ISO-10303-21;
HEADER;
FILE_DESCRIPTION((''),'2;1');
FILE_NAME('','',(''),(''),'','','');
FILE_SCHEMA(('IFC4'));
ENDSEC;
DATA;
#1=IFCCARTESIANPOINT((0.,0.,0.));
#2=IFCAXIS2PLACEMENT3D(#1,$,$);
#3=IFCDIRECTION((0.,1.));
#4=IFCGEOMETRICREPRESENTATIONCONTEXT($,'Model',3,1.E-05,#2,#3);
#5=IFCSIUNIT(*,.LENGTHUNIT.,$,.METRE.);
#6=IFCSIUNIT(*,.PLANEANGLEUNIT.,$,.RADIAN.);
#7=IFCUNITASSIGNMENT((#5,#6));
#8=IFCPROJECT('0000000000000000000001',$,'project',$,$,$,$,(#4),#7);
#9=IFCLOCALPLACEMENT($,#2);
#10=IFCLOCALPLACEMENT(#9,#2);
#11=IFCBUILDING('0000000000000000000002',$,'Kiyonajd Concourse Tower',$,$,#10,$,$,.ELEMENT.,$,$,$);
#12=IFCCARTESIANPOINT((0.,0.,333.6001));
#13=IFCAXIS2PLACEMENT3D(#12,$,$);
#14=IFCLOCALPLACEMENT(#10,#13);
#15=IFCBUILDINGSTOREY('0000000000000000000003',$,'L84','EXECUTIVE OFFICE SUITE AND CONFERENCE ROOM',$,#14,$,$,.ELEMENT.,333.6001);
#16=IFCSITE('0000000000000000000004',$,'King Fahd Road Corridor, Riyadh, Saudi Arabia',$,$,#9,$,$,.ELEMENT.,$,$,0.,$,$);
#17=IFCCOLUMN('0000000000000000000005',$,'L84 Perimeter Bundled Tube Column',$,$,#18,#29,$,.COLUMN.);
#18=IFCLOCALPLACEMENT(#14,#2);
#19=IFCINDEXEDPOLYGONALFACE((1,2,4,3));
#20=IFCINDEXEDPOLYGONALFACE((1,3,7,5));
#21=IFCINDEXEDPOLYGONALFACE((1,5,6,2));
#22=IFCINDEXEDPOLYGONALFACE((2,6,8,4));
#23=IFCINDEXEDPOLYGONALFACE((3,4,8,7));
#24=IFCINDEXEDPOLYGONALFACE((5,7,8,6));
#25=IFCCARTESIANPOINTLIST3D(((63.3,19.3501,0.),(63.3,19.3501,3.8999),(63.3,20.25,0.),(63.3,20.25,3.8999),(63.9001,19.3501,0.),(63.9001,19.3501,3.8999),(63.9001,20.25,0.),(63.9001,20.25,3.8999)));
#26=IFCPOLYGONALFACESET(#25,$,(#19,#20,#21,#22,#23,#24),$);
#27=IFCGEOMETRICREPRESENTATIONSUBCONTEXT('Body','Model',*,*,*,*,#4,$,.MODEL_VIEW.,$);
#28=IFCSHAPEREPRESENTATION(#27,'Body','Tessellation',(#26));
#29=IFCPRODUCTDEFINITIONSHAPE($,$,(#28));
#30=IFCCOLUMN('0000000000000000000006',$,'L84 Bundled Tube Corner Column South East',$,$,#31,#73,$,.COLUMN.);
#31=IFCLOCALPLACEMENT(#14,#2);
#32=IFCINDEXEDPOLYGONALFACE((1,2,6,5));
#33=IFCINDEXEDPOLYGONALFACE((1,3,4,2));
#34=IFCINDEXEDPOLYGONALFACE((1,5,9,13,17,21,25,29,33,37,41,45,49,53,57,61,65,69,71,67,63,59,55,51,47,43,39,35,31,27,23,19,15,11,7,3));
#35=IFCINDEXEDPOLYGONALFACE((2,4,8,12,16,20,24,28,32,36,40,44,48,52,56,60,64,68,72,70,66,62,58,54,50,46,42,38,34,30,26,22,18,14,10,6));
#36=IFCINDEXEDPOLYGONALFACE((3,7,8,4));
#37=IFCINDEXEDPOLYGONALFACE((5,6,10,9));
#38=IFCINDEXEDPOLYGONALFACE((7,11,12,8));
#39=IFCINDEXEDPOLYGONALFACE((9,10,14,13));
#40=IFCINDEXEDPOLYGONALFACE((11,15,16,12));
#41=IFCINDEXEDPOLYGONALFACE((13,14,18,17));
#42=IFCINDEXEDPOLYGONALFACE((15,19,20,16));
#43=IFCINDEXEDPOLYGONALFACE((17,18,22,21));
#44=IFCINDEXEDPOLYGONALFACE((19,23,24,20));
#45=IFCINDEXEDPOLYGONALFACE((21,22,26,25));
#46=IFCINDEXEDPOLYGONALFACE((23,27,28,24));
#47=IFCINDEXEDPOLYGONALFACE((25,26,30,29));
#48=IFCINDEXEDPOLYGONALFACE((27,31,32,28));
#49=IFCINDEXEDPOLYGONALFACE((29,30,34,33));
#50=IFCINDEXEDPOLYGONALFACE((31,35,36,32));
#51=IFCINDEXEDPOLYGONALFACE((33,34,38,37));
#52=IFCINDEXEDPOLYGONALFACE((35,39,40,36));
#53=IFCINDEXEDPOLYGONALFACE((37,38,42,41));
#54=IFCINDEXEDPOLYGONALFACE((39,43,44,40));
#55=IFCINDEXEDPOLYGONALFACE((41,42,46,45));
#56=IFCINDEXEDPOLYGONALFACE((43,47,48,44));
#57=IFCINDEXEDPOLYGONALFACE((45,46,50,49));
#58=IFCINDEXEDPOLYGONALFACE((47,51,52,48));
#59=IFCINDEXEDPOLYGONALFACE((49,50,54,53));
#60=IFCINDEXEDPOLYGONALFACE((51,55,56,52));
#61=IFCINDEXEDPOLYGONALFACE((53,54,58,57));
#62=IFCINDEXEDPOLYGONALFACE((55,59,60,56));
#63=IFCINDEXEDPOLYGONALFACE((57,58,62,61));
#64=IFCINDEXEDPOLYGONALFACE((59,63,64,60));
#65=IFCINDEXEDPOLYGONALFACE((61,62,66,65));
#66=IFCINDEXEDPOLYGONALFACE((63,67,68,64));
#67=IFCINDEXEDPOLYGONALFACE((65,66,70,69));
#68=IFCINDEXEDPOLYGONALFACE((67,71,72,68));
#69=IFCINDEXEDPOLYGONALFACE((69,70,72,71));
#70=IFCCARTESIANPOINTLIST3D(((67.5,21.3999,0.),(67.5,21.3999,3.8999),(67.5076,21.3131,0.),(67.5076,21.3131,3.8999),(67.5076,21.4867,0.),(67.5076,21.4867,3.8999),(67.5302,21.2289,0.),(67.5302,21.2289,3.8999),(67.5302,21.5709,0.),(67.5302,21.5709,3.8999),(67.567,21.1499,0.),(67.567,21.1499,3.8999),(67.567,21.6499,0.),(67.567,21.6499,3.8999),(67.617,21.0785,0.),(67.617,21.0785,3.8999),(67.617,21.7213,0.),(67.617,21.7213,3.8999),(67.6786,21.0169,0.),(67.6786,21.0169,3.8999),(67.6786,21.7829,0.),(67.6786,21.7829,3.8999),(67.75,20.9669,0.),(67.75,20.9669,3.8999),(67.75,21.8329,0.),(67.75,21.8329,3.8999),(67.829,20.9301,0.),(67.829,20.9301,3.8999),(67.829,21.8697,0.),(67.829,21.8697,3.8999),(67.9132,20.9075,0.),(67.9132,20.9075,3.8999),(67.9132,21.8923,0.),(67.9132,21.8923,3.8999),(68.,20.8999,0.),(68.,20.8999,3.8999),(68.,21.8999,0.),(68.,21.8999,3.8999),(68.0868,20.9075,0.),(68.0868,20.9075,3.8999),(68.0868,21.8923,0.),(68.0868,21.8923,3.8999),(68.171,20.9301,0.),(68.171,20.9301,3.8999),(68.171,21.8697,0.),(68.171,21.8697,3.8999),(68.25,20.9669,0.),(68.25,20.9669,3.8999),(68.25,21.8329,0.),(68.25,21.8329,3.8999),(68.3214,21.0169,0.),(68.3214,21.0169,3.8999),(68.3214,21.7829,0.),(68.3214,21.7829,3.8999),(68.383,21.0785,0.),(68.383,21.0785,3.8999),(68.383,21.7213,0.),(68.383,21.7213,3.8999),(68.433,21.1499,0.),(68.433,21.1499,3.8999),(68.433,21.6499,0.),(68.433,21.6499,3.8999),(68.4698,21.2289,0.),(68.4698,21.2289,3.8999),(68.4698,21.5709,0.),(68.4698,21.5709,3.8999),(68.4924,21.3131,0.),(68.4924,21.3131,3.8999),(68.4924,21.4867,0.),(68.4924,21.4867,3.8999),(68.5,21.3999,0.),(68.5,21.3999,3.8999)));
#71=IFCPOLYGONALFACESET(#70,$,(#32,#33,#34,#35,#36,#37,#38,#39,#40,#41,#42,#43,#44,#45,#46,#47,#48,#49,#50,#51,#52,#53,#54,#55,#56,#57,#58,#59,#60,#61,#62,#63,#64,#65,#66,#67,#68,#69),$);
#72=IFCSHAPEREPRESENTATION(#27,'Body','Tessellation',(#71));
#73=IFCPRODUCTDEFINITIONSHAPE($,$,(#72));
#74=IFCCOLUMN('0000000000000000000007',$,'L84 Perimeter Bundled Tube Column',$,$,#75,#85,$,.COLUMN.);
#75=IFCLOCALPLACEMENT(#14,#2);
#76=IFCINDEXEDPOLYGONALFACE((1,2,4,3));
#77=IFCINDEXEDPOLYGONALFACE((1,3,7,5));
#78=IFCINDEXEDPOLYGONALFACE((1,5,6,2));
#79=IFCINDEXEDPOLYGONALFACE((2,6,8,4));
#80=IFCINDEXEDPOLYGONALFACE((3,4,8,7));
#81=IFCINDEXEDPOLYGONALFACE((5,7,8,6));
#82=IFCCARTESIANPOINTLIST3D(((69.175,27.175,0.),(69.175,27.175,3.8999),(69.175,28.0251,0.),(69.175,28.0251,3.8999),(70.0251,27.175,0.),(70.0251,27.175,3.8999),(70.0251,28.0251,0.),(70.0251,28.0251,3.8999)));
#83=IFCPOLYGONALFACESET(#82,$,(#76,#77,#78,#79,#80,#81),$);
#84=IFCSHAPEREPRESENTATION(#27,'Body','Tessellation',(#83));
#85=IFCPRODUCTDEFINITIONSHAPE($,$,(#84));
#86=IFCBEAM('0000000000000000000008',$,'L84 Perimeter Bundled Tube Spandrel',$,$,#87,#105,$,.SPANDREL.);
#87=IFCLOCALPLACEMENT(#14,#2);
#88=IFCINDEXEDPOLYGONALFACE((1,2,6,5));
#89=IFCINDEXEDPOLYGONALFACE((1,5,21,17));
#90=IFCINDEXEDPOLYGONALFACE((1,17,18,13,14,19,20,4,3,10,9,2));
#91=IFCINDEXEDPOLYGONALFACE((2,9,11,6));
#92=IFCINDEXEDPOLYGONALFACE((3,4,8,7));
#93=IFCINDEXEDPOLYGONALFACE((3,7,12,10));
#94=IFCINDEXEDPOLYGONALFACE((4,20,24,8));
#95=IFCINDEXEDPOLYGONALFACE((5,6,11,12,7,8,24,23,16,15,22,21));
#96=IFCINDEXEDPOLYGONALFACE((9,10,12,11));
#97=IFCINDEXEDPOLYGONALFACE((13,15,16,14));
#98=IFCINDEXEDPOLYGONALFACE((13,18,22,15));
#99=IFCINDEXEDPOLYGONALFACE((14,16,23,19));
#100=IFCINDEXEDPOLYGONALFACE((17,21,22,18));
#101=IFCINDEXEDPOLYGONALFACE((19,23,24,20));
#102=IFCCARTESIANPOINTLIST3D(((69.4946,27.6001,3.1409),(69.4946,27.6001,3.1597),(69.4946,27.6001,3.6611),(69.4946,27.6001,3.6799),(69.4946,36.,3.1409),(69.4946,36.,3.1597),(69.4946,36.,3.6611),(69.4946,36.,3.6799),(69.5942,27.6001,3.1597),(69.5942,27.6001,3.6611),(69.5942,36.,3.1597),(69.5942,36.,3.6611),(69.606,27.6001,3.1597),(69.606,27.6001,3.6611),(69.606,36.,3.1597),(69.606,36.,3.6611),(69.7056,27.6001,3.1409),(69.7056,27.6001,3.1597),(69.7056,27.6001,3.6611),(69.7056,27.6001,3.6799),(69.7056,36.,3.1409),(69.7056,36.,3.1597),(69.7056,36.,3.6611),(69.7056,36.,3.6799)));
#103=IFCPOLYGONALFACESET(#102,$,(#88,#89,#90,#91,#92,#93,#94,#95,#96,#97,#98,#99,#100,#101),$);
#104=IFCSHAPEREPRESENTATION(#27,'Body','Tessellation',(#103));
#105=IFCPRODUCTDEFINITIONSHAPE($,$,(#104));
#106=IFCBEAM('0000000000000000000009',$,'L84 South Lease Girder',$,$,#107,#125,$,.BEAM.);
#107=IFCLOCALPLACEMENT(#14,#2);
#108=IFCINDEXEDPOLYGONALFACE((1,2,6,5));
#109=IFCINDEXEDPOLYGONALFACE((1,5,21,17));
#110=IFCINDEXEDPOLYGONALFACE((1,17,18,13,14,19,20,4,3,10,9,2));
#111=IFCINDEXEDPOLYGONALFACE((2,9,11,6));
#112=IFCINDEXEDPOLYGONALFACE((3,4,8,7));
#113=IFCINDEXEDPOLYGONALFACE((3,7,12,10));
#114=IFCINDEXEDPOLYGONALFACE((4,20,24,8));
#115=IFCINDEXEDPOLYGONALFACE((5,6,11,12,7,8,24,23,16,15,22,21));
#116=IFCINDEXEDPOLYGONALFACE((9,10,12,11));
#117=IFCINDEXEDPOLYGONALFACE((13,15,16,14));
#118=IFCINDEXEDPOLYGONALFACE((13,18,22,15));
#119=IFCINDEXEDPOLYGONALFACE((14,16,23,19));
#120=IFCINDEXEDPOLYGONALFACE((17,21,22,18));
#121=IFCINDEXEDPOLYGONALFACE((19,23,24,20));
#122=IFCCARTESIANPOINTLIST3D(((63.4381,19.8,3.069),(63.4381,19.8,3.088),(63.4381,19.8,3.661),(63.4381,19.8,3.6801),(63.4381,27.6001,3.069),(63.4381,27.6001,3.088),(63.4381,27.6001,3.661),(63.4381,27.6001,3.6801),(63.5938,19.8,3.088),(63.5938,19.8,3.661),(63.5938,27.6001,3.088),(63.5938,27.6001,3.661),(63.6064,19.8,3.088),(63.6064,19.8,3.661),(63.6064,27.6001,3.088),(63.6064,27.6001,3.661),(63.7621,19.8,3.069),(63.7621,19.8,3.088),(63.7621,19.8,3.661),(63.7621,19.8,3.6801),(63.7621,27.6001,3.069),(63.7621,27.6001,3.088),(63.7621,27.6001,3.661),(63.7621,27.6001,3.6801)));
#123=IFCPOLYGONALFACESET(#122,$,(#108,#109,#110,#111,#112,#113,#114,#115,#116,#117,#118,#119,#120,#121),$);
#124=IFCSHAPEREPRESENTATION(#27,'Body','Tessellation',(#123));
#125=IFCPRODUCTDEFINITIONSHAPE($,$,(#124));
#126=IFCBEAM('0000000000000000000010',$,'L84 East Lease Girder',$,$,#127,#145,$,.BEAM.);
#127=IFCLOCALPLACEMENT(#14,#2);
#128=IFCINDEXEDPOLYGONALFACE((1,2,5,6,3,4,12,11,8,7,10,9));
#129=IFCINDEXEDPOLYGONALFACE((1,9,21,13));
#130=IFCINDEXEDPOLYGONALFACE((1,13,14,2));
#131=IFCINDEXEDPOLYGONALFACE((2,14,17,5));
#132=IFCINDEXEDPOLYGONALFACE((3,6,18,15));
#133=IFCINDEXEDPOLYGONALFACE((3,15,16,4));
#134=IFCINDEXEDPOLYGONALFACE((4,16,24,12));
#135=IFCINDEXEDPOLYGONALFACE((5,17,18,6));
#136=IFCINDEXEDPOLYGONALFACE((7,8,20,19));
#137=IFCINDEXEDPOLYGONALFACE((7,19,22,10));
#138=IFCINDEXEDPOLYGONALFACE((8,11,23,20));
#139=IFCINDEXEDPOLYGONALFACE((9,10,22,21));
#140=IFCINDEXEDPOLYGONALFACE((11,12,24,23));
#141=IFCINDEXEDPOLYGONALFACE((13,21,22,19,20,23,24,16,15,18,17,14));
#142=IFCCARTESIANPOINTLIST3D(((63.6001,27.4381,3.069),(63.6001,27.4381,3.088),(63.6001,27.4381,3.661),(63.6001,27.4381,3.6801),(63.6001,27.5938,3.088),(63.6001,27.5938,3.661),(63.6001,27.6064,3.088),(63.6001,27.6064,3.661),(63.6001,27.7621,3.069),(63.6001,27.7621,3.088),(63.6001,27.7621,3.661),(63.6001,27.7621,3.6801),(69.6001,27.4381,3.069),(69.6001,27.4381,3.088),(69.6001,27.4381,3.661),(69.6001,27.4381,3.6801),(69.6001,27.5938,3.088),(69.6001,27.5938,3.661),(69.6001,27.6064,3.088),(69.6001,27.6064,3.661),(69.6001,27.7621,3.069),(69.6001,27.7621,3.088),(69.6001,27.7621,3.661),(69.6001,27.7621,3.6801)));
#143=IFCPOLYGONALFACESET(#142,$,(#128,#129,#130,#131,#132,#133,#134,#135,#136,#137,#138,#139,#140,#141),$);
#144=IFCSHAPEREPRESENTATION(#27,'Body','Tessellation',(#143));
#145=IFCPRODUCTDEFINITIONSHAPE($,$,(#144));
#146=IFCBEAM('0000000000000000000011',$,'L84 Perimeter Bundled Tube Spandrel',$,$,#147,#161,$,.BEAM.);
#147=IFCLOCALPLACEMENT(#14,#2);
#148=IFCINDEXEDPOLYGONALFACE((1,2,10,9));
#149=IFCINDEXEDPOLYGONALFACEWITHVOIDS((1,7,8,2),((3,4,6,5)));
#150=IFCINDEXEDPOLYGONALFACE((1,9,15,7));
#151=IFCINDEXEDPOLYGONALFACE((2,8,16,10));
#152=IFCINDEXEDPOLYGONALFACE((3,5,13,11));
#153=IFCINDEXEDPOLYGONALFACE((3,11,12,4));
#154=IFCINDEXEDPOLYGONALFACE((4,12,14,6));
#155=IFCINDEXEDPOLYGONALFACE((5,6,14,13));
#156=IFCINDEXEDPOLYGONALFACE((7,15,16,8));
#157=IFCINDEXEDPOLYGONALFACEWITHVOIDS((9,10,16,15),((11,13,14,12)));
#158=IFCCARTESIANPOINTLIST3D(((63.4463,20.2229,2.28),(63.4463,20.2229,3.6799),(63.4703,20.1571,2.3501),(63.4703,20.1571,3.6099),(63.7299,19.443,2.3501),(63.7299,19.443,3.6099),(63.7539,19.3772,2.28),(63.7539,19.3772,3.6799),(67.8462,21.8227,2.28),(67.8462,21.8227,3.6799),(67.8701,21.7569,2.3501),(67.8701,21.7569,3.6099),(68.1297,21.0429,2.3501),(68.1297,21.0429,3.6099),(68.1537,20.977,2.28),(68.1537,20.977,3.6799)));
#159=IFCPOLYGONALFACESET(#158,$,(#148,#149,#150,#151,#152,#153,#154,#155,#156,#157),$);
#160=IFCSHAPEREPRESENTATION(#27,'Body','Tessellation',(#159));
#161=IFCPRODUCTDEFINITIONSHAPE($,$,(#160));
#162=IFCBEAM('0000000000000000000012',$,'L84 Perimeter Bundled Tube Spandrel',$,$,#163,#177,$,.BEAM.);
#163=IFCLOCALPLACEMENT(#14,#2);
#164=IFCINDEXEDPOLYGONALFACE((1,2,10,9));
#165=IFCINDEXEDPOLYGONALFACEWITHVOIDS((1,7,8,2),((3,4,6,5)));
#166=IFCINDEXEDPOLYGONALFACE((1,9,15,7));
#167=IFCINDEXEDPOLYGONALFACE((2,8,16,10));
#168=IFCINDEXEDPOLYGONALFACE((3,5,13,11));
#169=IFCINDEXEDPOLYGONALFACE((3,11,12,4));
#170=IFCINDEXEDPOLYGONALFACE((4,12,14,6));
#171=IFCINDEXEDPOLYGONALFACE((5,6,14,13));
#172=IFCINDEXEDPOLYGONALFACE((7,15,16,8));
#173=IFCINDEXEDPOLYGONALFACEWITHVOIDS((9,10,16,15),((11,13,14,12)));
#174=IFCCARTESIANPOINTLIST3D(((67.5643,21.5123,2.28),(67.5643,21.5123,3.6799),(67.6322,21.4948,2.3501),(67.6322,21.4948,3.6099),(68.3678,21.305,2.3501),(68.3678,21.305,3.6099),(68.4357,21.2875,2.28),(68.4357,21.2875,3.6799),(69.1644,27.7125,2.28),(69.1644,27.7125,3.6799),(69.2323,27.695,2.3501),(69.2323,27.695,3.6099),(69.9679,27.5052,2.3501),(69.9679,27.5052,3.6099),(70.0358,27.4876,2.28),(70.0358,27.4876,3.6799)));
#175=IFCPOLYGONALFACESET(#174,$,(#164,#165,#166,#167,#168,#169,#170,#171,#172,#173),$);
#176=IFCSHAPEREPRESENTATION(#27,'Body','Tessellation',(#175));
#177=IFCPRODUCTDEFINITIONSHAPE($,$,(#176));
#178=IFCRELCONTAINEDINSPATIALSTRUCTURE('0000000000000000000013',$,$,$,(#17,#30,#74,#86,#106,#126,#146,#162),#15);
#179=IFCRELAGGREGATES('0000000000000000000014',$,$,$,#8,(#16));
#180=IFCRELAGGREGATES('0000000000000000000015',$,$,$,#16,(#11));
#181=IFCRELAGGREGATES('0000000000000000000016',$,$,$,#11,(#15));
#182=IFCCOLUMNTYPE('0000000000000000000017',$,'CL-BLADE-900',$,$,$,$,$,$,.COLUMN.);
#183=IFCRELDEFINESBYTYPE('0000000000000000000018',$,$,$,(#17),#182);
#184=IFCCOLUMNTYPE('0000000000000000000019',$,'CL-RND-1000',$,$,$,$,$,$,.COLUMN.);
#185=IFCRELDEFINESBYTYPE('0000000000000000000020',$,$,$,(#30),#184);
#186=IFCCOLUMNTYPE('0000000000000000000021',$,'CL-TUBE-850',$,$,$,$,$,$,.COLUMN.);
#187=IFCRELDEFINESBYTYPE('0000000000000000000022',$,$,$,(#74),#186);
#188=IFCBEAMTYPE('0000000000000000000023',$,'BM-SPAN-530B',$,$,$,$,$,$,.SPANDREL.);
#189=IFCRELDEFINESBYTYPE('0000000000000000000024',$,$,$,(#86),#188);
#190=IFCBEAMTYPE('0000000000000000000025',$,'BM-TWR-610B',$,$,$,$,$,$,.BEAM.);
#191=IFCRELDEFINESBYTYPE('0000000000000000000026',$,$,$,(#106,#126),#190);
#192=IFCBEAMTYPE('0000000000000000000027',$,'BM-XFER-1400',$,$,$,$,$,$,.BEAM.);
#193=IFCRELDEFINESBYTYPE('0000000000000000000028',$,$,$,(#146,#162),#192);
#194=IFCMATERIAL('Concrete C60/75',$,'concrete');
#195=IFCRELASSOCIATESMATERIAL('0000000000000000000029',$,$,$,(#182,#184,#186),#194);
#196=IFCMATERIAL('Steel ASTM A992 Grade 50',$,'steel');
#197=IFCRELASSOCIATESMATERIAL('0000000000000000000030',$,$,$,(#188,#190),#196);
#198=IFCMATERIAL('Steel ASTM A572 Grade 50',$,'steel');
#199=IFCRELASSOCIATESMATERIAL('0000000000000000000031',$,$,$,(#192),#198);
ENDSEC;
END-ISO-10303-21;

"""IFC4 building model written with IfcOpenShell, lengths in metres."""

from ifc_helpers import new_model, si_unit, direction, frame, origin, origin_2d, place, context, subcontext, project, spatial, rectangle, hollow_rectangle, circle, i_section, extrude, material, material_profile, profile_set, type_object, element, save


model = new_model("IFC4")

# Units and contexts
model_context = context("Model", 3, precision=1e-05, world=origin(), true_north=direction((0.0, 1.0)))
body_context = subcontext(model_context, "Body", "Model", "MODEL_VIEW")
ifc_project = project(units=[si_unit("LENGTHUNIT", "METRE"), si_unit("PLANEANGLEUNIT", "RADIAN")], contexts=[model_context])

# Site, building, storey
site_placement = place(None, origin())
site = spatial("IfcSite", under=ifc_project, at=site_placement, Name="King Fahd Road Corridor, Riyadh, Saudi Arabia", CompositionType="ELEMENT", RefElevation=0.0)
building_placement = place(site_placement, origin())
building = spatial("IfcBuilding", under=site, at=building_placement, Name="Kiyonajd Concourse Tower", CompositionType="ELEMENT")
storey_placement = place(building_placement, frame((0.0, 0.0, 333.6001)))
storey = spatial("IfcBuildingStorey", under=building, at=storey_placement, Name="L84", Description="EXECUTIVE OFFICE SUITE AND CONFERENCE ROOM", CompositionType="ELEMENT", Elevation=333.6001)

# Columns
ifc_material_1 = material(Name="Concrete C60/75", Category="concrete")
ifc_material_profile_1 = material_profile(ifc_material_1, rectangle(XDim=0.6001, YDim=0.8999, at=origin_2d()), Name="RC-900x600")
ifc_profile_set_1 = profile_set([ifc_material_profile_1], Name="Concrete C60/75")
column_type_1 = type_object("IfcColumnType", Name="CL-BLADE-900", PredefinedType="COLUMN", material=ifc_profile_set_1)
column_1_placement = place(storey_placement, frame((63.6001, 19.8, 0.0), z_axis=(0.0, 0.0, 1.0), x_axis=(1.0, 0.0, 0.0)))
element("IfcColumn", 1, at=column_1_placement, inside=storey, type_object=column_type_1, Name="L84 Perimeter Bundled Tube Column", PredefinedType="COLUMN", context=body_context, shape_type="SweptSolid", body=[
    extrude(rectangle(XDim=0.6001, YDim=0.8999, at=origin_2d()), origin(), (0.0, 0.0, 1.0), 3.8999),
])
ifc_material_profile_2 = material_profile(ifc_material_1, circle(Radius=0.5, at=origin_2d()), Name="RCC-D1000")
ifc_profile_set_2 = profile_set([ifc_material_profile_2], Name="Concrete C60/75")
column_type_2 = type_object("IfcColumnType", Name="CL-RND-1000", PredefinedType="COLUMN", material=ifc_profile_set_2)
column_2_placement = place(storey_placement, frame((68.0, 21.3999, 0.0), z_axis=(0.0, 0.0, 1.0), x_axis=(1.0, 0.0, 0.0)))
element("IfcColumn", 2, at=column_2_placement, inside=storey, type_object=column_type_2, Name="L84 Bundled Tube Corner Column South East", PredefinedType="COLUMN", context=body_context, shape_type="SweptSolid", body=[
    extrude(circle(Radius=0.5, at=origin_2d()), origin(), (0.0, 0.0, 1.0), 3.8999),
])
ifc_material_profile_3 = material_profile(ifc_material_1, rectangle(XDim=0.8501, YDim=0.8501, at=origin_2d()), Name="RC-850x850")
ifc_profile_set_3 = profile_set([ifc_material_profile_3], Name="Concrete C60/75")
column_type_3 = type_object("IfcColumnType", Name="CL-TUBE-850", PredefinedType="COLUMN", material=ifc_profile_set_3)
column_3_placement = place(storey_placement, frame((69.6001, 27.6001, 0.0), z_axis=(0.0, 0.0, 1.0), x_axis=(1.0, 0.0, 0.0)))
element("IfcColumn", 3, at=column_3_placement, inside=storey, type_object=column_type_3, Name="L84 Perimeter Bundled Tube Column", PredefinedType="COLUMN", context=body_context, shape_type="SweptSolid", body=[
    extrude(rectangle(XDim=0.8501, YDim=0.8501, at=origin_2d()), origin(), (0.0, 0.0, 1.0), 3.8999),
])

# Beams
ifc_material_2 = material(Name="Steel ASTM A992 Grade 50", Category="steel")
ifc_material_profile_4 = material_profile(ifc_material_2, i_section(OverallWidth=0.2109, OverallDepth=0.5391, WebThickness=0.0117, FlangeThickness=0.0188, at=origin_2d()), Name="W530X109")
ifc_profile_set_4 = profile_set([ifc_material_profile_4], Name="Steel ASTM A992 Grade 50")
beam_type_1 = type_object("IfcBeamType", Name="BM-SPAN-530B", PredefinedType="SPANDREL", material=ifc_profile_set_4)
beam_1_placement = place(storey_placement, frame((69.6001, 27.6001, 3.4104), z_axis=(0.0, 1.0, 0.0), x_axis=(-1.0, 0.0, 0.0)))
element("IfcBeam", 4, at=beam_1_placement, inside=storey, type_object=beam_type_1, Name="L84 Perimeter Bundled Tube Spandrel", PredefinedType="SPANDREL", context=body_context, shape_type="SweptSolid", body=[
    extrude(i_section(OverallWidth=0.2109, OverallDepth=0.5391, WebThickness=0.0117, FlangeThickness=0.0188, at=origin_2d()), origin(), (0.0, 0.0, 1.0), 8.3999),
])
ifc_material_profile_5 = material_profile(ifc_material_2, i_section(OverallWidth=0.324, OverallDepth=0.6111, WebThickness=0.0127, FlangeThickness=0.019, at=origin_2d()), Name="W610X155")
ifc_profile_set_5 = profile_set([ifc_material_profile_5], Name="Steel ASTM A992 Grade 50")
beam_type_2 = type_object("IfcBeamType", Name="BM-TWR-610B", PredefinedType="BEAM", material=ifc_profile_set_5)
beam_2_placement = place(storey_placement, frame((63.6001, 19.8, 3.3745), z_axis=(0.0, 1.0, 0.0), x_axis=(-1.0, 0.0, 0.0)))
element("IfcBeam", 5, at=beam_2_placement, inside=storey, type_object=beam_type_2, Name="L84 South Lease Girder", PredefinedType="BEAM", context=body_context, shape_type="SweptSolid", body=[
    extrude(i_section(OverallWidth=0.324, OverallDepth=0.6111, WebThickness=0.0127, FlangeThickness=0.019, at=origin_2d()), origin(), (0.0, 0.0, 1.0), 7.8),
])
beam_3_placement = place(storey_placement, frame((63.6001, 27.6001, 3.3745), z_axis=(1.0, 0.0, 0.0), x_axis=(0.0, 1.0, 0.0)))
element("IfcBeam", 6, at=beam_3_placement, inside=storey, type_object=beam_type_2, Name="L84 East Lease Girder", PredefinedType="BEAM", context=body_context, shape_type="SweptSolid", body=[
    extrude(i_section(OverallWidth=0.324, OverallDepth=0.6111, WebThickness=0.0127, FlangeThickness=0.019, at=origin_2d()), origin(), (0.0, 0.0, 1.0), 6.0),
])
ifc_material_3 = material(Name="Steel ASTM A572 Grade 50", Category="steel")
ifc_material_profile_6 = material_profile(ifc_material_3, hollow_rectangle(XDim=0.8999, YDim=1.3999, WallThickness=0.0701, at=origin_2d()), Name="BOX-1400x900x70")
ifc_profile_set_6 = profile_set([ifc_material_profile_6], Name="Steel ASTM A572 Grade 50")
beam_type_3 = type_object("IfcBeamType", Name="BM-XFER-1400", PredefinedType="BEAM", material=ifc_profile_set_6)
beam_4_placement = place(storey_placement, frame((63.6001, 19.8, 2.98), z_axis=(0.939801, 0.341722, 0.0), x_axis=(-0.341722, 0.939801, 0.0)))
element("IfcBeam", 7, at=beam_4_placement, inside=storey, type_object=beam_type_3, Name="L84 Perimeter Bundled Tube Spandrel", PredefinedType="BEAM", context=body_context, shape_type="SweptSolid", body=[
    extrude(hollow_rectangle(XDim=0.8999, YDim=1.3999, WallThickness=0.0701, at=origin_2d()), origin(), (0.0, 0.0, 1.0), 4.6816),
])
beam_5_placement = place(storey_placement, frame((68.0, 21.3999, 2.98), z_axis=(0.249885, 0.968276, 0.0), x_axis=(-0.968276, 0.249885, 0.0)))
element("IfcBeam", 8, at=beam_5_placement, inside=storey, type_object=beam_type_3, Name="L84 Perimeter Bundled Tube Spandrel", PredefinedType="BEAM", context=body_context, shape_type="SweptSolid", body=[
    extrude(hollow_rectangle(XDim=0.8999, YDim=1.3999, WallThickness=0.0701, at=origin_2d()), origin(), (0.0, 0.0, 1.0), 6.4033),
])

save(model, "model.ifc")
